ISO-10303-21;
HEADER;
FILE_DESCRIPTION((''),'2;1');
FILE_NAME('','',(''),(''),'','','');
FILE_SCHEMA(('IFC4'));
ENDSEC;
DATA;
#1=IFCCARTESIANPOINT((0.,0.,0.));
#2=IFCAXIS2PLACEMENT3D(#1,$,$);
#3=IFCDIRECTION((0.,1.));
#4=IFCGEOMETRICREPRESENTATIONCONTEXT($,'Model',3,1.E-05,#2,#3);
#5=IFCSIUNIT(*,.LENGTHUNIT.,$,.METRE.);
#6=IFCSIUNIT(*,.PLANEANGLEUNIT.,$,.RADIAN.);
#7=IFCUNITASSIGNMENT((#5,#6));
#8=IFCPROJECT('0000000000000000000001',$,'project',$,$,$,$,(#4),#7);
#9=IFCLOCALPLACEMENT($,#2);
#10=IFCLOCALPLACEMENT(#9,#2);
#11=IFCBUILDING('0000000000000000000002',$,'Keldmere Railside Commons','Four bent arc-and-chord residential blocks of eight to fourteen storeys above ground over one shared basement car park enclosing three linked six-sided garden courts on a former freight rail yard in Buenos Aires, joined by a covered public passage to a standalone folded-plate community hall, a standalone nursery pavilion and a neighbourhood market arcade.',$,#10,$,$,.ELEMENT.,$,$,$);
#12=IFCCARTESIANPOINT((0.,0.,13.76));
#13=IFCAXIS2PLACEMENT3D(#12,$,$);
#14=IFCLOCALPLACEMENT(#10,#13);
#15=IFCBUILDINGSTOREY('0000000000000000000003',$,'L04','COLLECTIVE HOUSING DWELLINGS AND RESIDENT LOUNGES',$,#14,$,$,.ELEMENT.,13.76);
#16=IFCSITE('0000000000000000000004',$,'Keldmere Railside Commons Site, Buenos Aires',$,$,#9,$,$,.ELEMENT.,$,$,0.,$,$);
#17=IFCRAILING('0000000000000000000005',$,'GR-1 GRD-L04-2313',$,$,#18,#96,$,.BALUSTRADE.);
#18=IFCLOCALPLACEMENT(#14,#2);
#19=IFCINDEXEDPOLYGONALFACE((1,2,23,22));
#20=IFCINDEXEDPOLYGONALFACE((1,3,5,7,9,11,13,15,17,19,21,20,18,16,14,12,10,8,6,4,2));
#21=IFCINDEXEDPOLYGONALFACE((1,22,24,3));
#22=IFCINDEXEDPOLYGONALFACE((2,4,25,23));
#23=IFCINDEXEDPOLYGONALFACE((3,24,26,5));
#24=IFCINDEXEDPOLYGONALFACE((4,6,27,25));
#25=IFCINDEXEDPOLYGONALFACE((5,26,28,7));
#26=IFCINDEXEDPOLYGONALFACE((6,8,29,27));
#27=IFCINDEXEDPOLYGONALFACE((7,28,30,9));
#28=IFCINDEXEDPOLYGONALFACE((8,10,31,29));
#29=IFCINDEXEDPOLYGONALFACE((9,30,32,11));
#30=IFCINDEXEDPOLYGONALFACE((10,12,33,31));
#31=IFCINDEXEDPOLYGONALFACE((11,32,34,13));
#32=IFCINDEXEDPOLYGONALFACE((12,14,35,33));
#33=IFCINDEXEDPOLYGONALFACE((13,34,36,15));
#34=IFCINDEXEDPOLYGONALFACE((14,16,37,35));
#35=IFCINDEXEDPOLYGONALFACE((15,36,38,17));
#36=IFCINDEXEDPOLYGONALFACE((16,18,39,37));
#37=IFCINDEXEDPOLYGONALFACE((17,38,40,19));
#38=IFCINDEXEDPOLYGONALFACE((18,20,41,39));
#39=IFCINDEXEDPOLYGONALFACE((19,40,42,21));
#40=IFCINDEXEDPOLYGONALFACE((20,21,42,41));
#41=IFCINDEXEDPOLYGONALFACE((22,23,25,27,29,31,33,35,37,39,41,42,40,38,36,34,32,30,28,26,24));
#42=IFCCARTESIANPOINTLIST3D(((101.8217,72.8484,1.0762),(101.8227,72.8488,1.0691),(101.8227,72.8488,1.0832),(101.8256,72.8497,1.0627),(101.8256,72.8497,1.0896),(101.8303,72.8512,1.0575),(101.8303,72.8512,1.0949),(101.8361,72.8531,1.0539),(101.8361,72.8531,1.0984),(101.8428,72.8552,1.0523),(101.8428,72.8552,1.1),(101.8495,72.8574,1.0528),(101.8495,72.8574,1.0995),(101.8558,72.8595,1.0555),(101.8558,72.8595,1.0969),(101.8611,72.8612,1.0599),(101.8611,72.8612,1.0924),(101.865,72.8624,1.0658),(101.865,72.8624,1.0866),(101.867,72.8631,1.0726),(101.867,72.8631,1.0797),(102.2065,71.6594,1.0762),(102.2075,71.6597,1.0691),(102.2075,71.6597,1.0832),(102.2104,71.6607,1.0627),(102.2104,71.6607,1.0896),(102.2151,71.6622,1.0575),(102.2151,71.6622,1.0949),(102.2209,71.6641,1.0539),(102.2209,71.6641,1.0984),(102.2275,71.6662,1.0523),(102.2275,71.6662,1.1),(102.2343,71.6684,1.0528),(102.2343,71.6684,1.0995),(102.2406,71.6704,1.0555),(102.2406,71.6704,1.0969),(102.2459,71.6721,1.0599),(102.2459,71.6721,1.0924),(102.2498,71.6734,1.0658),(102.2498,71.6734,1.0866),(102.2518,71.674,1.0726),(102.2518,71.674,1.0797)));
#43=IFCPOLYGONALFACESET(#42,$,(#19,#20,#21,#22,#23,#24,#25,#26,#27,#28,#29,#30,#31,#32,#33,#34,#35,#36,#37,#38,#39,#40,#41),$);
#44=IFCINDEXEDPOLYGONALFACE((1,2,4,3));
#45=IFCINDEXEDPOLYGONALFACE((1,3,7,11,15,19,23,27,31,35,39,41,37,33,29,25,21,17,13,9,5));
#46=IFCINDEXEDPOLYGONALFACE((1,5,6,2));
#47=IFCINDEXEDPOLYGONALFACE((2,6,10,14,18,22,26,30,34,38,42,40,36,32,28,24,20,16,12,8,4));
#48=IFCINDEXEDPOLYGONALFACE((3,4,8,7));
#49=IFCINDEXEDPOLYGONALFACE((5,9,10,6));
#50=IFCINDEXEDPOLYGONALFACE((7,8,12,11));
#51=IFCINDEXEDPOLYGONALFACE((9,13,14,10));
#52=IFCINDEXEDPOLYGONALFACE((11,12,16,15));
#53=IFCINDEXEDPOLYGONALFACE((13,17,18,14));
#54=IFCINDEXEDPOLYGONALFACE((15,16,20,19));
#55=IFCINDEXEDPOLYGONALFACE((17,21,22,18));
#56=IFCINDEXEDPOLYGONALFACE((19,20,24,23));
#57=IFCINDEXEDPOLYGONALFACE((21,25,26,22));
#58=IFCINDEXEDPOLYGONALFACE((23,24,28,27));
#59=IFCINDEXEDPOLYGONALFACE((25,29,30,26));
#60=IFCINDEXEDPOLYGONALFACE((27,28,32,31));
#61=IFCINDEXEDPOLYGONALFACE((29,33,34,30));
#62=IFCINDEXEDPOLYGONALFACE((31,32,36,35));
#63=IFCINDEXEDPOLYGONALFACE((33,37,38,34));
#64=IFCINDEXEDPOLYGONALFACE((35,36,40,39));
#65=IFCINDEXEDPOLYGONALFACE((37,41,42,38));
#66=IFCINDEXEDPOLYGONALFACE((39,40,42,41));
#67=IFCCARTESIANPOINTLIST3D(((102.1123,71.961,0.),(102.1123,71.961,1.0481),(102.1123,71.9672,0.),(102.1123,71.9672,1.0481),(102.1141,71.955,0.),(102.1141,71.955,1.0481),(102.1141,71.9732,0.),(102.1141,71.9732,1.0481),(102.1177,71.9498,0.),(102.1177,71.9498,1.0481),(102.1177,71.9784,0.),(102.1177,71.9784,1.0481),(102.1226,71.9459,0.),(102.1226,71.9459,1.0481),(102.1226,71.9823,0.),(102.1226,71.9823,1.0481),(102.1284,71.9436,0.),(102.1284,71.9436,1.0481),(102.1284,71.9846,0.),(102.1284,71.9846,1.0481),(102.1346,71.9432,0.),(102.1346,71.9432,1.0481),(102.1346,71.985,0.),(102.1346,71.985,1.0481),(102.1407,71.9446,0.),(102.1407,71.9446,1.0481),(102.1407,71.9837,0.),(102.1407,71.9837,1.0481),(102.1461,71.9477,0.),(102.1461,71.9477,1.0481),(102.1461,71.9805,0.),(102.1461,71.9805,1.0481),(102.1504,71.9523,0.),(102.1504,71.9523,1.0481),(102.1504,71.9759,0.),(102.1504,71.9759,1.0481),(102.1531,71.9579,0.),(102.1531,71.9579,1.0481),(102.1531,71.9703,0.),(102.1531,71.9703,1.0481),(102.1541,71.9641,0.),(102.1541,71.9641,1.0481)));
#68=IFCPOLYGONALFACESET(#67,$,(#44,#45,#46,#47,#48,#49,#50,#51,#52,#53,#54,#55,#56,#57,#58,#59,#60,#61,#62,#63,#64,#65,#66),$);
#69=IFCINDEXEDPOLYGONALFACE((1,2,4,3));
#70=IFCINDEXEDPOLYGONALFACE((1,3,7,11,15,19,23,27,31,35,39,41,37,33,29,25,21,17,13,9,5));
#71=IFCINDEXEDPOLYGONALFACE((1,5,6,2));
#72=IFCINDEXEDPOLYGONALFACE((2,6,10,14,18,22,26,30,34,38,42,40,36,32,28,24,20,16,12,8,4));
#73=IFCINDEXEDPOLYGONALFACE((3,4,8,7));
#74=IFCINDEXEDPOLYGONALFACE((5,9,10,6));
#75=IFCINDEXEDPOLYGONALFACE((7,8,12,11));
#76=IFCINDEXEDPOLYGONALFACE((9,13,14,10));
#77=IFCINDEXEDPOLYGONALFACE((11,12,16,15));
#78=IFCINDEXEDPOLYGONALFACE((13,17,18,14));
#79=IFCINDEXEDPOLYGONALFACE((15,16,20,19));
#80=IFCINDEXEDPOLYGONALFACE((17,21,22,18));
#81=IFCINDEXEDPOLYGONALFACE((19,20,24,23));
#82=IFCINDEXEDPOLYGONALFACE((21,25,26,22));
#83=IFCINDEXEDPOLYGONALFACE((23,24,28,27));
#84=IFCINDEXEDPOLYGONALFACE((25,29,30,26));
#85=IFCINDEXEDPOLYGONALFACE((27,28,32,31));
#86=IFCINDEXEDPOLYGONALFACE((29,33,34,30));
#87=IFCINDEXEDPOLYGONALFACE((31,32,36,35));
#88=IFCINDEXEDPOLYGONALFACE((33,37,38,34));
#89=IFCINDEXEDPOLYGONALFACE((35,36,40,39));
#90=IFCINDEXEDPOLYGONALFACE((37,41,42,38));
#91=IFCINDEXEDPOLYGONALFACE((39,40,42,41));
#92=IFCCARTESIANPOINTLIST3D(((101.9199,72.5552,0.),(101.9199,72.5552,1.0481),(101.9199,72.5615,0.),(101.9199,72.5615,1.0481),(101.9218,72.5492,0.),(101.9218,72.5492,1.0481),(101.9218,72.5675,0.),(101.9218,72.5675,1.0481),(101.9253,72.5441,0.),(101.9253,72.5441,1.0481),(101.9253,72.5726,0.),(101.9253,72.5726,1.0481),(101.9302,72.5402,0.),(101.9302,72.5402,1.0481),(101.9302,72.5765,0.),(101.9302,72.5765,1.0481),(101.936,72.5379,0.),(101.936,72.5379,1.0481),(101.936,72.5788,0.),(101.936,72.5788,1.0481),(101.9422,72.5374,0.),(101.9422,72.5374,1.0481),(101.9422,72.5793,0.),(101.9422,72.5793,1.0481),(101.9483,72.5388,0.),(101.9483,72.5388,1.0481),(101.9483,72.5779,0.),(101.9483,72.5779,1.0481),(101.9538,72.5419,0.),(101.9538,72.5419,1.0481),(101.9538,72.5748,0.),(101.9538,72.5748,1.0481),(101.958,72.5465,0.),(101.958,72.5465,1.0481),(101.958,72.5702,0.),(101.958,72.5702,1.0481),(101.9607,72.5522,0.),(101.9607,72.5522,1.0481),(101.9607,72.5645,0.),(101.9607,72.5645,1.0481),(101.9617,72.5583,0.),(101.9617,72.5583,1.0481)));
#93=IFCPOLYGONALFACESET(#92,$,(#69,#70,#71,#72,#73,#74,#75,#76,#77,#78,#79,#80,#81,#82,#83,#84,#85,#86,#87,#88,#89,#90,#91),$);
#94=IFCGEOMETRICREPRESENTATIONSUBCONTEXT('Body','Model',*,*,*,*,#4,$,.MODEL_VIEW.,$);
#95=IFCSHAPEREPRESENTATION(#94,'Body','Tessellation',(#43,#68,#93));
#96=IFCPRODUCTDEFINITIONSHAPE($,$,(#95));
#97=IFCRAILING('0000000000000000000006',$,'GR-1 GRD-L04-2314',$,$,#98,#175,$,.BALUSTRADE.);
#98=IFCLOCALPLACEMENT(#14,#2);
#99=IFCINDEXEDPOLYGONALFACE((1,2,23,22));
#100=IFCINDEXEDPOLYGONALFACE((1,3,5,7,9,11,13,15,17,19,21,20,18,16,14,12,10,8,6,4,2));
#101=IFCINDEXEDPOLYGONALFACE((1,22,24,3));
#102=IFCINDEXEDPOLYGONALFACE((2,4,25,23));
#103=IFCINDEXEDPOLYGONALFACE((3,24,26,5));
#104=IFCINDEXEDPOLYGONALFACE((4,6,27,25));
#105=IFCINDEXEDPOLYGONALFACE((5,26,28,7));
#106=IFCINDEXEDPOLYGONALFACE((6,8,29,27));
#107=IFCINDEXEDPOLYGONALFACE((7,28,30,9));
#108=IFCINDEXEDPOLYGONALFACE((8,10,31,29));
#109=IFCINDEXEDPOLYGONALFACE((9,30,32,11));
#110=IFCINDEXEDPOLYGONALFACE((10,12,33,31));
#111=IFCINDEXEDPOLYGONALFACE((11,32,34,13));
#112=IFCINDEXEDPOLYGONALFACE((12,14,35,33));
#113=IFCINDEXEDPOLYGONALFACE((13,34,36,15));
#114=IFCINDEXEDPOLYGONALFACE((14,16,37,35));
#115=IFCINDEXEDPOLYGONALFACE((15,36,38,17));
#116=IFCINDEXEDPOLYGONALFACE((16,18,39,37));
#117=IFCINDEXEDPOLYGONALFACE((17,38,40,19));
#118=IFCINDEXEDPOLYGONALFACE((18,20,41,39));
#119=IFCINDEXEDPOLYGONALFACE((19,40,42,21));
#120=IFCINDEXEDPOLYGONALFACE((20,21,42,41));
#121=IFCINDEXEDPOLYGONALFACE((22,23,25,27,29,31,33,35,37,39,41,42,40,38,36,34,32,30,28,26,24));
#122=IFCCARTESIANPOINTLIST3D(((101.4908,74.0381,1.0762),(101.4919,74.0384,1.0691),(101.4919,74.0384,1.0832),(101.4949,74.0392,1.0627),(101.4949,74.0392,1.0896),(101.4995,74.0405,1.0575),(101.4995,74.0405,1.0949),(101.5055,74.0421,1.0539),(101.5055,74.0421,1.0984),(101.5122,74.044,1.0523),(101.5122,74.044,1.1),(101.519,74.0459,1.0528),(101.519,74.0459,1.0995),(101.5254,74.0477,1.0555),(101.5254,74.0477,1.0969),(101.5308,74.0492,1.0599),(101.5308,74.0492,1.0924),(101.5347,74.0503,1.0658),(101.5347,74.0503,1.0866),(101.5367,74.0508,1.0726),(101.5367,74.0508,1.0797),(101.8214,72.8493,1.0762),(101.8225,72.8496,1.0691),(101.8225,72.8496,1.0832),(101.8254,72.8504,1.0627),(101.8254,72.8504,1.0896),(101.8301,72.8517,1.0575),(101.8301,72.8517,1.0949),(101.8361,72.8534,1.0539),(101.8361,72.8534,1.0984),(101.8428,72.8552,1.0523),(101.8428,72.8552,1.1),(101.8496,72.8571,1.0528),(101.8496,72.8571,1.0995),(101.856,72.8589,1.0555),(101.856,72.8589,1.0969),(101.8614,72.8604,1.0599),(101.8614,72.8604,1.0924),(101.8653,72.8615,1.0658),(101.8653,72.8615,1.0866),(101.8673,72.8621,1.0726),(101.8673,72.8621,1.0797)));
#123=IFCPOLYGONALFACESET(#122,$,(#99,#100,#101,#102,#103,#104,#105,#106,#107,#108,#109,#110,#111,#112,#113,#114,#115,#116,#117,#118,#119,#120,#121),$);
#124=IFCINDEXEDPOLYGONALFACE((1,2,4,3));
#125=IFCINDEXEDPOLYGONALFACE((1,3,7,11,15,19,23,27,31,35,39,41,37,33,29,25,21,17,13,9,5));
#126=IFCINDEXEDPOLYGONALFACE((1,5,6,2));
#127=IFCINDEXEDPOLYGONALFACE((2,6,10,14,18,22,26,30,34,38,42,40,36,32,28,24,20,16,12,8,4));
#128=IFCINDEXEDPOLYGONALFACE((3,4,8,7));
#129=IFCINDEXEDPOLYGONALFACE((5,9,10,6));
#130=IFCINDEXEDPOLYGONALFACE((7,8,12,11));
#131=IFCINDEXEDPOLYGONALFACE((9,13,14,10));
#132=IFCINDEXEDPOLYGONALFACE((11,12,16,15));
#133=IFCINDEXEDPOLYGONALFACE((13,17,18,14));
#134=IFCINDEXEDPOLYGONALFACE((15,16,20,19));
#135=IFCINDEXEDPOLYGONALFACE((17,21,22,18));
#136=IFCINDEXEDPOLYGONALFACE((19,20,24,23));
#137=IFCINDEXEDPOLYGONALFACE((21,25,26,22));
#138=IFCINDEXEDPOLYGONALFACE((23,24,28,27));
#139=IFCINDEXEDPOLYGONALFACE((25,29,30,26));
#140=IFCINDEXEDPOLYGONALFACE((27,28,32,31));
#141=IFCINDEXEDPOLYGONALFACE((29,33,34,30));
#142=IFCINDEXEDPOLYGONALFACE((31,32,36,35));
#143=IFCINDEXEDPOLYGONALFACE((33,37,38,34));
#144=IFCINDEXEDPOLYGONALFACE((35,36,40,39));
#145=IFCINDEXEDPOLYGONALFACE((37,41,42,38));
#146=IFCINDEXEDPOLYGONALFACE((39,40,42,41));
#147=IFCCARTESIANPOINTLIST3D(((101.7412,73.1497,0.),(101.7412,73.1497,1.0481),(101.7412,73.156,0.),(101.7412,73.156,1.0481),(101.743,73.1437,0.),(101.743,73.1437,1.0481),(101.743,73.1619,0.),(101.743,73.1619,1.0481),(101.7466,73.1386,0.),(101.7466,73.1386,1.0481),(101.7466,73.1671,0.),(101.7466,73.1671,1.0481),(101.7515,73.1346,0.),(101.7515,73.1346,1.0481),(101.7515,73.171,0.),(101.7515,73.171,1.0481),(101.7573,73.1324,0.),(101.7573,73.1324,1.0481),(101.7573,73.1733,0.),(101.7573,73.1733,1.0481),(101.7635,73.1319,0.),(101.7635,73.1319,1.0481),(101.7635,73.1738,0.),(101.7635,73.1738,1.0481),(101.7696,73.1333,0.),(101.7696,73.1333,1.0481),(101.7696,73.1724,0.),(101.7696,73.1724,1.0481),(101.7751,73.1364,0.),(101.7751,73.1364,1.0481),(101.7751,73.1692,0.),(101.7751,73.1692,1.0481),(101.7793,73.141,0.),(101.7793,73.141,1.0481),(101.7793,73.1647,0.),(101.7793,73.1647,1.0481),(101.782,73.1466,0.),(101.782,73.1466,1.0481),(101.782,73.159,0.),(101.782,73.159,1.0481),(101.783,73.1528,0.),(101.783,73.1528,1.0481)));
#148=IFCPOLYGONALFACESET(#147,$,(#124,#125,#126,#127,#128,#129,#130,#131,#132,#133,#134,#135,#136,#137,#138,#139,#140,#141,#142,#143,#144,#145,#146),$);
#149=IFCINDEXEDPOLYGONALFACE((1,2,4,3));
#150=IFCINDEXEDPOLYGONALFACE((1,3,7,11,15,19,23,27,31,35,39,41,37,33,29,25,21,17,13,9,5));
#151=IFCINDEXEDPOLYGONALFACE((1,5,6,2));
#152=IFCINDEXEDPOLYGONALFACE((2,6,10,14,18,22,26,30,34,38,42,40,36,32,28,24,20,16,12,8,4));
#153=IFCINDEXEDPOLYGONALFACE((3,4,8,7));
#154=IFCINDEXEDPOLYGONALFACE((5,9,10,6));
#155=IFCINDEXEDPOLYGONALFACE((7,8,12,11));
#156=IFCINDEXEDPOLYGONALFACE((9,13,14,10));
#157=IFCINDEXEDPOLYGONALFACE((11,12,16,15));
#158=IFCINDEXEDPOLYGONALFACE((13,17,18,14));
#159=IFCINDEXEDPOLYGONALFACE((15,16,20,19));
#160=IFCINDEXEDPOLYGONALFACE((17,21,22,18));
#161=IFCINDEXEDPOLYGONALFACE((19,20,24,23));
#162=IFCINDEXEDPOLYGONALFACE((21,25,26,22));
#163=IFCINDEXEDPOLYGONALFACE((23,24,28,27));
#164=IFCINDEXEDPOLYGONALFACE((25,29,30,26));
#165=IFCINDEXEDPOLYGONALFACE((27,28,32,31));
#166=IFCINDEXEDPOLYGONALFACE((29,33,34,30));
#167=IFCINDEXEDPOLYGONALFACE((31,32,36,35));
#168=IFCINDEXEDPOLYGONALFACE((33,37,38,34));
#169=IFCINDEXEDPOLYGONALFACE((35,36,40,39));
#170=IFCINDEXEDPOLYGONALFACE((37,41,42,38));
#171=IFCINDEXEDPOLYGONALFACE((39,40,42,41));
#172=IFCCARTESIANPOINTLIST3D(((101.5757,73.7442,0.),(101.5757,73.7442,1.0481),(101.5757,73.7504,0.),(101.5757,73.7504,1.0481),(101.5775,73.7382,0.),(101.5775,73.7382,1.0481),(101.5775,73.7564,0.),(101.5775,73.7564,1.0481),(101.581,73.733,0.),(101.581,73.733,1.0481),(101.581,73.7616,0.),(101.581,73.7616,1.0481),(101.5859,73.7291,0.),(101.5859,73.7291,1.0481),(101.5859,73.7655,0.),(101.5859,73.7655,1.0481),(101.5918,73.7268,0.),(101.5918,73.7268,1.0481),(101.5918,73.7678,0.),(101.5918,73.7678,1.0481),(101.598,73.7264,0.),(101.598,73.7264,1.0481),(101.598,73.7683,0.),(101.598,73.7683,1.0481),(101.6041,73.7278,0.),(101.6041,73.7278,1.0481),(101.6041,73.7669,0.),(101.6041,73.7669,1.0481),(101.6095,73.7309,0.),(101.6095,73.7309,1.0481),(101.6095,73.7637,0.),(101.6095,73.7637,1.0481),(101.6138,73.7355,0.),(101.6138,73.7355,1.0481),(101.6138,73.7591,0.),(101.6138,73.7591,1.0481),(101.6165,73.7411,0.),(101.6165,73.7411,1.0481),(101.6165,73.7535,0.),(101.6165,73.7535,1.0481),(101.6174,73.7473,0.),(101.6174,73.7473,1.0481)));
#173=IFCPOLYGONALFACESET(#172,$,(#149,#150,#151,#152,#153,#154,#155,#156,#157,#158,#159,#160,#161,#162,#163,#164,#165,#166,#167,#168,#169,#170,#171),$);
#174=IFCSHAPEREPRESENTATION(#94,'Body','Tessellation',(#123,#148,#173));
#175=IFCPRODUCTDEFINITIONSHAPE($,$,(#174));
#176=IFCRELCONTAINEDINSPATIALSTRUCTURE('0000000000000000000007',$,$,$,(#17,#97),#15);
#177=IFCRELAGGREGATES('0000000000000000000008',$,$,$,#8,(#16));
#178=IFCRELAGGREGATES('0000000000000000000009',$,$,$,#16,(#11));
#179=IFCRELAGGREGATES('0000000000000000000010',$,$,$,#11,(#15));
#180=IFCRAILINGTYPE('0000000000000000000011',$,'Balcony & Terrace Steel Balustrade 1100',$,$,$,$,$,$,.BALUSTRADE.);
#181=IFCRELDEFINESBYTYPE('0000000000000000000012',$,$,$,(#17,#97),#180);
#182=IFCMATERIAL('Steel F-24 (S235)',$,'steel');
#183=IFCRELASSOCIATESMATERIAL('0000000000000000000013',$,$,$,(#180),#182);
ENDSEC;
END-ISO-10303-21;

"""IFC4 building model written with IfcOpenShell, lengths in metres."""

from ifc_helpers import new_model, si_unit, direction, frame, origin, origin_2d, place, context, subcontext, project, spatial, circle, extrude, material, type_object, element, save


model = new_model("IFC4")

# Units and contexts
model_context = context("Model", 3, precision=1e-05, world=origin(), true_north=direction((0.0, 1.0)))
body_context = subcontext(model_context, "Body", "Model", "MODEL_VIEW")
ifc_project = project(units=[si_unit("LENGTHUNIT", "METRE"), si_unit("PLANEANGLEUNIT", "RADIAN")], contexts=[model_context])

# Site, building, storey
site_placement = place(None, origin())
site = spatial("IfcSite", under=ifc_project, at=site_placement, Name="Keldmere Railside Commons Site, Buenos Aires", CompositionType="ELEMENT", RefElevation=0.0)
building_placement = place(site_placement, origin())
building = spatial("IfcBuilding", under=site, at=building_placement, Name="Keldmere Railside Commons", Description="Four bent arc-and-chord residential blocks of eight to fourteen storeys above ground over one shared basement car park enclosing three linked six-sided garden courts on a former freight rail yard in Buenos Aires, joined by a covered public passage to a standalone folded-plate community hall, a standalone nursery pavilion and a neighbourhood market arcade.", CompositionType="ELEMENT")
storey_placement = place(building_placement, frame((0.0, 0.0, 13.76)))
storey = spatial("IfcBuildingStorey", under=building, at=storey_placement, Name="L04", Description="COLLECTIVE HOUSING DWELLINGS AND RESIDENT LOUNGES", CompositionType="ELEMENT", Elevation=13.76)

# Shared definitions
ifc_material_1 = material(Name="Steel F-24 (S235)", Category="steel")

# Railings
railing_type_1 = type_object("IfcRailingType", Name="Balcony & Terrace Steel Balustrade 1100", PredefinedType="BALUSTRADE", material=ifc_material_1)
railing_1_placement = place(storey_placement, frame((102.2292, 71.6667, 0.0)))
element("IfcRailing", 1, at=railing_1_placement, inside=storey, type_object=railing_type_1, Name="GR-1 GRD-L04-2313", PredefinedType="BALUSTRADE", context=body_context, shape_type="SweptSolid", body=[
    extrude(circle(Radius=0.0239, at=origin_2d()), frame((0.0, 0.0, 1.0762), z_axis=(-0.307893, 0.951421, 0.0), x_axis=(-0.951421, -0.307893, 0.0)), (0.0, 0.0, 1.0), 1.2498),
    extrude(circle(Radius=0.021, at=origin_2d()), frame((-0.0962, 0.2974, 0.0)), (0.0, 0.0, 1.0), 1.0481),
    extrude(circle(Radius=0.021, at=origin_2d()), frame((-0.2886, 0.8916, 0.0)), (0.0, 0.0, 1.0), 1.0481),
])
railing_2_placement = place(storey_placement, frame((101.8445, 72.8557, 0.0)))
element("IfcRailing", 2, at=railing_2_placement, inside=storey, type_object=railing_type_1, Name="GR-1 GRD-L04-2314", PredefinedType="BALUSTRADE", context=body_context, shape_type="SweptSolid", body=[
    extrude(circle(Radius=0.0239, at=origin_2d()), frame((0.0, 0.0, 1.0762), z_axis=(-0.267919, 0.963441, 0.0), x_axis=(-0.963441, -0.267919, 0.0)), (0.0, 0.0, 1.0), 1.2339),
    extrude(circle(Radius=0.021, at=origin_2d()), frame((-0.0825, 0.2971, 0.0)), (0.0, 0.0, 1.0), 1.0481),
    extrude(circle(Radius=0.021, at=origin_2d()), frame((-0.248, 0.8916, 0.0)), (0.0, 0.0, 1.0), 1.0481),
])

save(model, "model.ifc")
